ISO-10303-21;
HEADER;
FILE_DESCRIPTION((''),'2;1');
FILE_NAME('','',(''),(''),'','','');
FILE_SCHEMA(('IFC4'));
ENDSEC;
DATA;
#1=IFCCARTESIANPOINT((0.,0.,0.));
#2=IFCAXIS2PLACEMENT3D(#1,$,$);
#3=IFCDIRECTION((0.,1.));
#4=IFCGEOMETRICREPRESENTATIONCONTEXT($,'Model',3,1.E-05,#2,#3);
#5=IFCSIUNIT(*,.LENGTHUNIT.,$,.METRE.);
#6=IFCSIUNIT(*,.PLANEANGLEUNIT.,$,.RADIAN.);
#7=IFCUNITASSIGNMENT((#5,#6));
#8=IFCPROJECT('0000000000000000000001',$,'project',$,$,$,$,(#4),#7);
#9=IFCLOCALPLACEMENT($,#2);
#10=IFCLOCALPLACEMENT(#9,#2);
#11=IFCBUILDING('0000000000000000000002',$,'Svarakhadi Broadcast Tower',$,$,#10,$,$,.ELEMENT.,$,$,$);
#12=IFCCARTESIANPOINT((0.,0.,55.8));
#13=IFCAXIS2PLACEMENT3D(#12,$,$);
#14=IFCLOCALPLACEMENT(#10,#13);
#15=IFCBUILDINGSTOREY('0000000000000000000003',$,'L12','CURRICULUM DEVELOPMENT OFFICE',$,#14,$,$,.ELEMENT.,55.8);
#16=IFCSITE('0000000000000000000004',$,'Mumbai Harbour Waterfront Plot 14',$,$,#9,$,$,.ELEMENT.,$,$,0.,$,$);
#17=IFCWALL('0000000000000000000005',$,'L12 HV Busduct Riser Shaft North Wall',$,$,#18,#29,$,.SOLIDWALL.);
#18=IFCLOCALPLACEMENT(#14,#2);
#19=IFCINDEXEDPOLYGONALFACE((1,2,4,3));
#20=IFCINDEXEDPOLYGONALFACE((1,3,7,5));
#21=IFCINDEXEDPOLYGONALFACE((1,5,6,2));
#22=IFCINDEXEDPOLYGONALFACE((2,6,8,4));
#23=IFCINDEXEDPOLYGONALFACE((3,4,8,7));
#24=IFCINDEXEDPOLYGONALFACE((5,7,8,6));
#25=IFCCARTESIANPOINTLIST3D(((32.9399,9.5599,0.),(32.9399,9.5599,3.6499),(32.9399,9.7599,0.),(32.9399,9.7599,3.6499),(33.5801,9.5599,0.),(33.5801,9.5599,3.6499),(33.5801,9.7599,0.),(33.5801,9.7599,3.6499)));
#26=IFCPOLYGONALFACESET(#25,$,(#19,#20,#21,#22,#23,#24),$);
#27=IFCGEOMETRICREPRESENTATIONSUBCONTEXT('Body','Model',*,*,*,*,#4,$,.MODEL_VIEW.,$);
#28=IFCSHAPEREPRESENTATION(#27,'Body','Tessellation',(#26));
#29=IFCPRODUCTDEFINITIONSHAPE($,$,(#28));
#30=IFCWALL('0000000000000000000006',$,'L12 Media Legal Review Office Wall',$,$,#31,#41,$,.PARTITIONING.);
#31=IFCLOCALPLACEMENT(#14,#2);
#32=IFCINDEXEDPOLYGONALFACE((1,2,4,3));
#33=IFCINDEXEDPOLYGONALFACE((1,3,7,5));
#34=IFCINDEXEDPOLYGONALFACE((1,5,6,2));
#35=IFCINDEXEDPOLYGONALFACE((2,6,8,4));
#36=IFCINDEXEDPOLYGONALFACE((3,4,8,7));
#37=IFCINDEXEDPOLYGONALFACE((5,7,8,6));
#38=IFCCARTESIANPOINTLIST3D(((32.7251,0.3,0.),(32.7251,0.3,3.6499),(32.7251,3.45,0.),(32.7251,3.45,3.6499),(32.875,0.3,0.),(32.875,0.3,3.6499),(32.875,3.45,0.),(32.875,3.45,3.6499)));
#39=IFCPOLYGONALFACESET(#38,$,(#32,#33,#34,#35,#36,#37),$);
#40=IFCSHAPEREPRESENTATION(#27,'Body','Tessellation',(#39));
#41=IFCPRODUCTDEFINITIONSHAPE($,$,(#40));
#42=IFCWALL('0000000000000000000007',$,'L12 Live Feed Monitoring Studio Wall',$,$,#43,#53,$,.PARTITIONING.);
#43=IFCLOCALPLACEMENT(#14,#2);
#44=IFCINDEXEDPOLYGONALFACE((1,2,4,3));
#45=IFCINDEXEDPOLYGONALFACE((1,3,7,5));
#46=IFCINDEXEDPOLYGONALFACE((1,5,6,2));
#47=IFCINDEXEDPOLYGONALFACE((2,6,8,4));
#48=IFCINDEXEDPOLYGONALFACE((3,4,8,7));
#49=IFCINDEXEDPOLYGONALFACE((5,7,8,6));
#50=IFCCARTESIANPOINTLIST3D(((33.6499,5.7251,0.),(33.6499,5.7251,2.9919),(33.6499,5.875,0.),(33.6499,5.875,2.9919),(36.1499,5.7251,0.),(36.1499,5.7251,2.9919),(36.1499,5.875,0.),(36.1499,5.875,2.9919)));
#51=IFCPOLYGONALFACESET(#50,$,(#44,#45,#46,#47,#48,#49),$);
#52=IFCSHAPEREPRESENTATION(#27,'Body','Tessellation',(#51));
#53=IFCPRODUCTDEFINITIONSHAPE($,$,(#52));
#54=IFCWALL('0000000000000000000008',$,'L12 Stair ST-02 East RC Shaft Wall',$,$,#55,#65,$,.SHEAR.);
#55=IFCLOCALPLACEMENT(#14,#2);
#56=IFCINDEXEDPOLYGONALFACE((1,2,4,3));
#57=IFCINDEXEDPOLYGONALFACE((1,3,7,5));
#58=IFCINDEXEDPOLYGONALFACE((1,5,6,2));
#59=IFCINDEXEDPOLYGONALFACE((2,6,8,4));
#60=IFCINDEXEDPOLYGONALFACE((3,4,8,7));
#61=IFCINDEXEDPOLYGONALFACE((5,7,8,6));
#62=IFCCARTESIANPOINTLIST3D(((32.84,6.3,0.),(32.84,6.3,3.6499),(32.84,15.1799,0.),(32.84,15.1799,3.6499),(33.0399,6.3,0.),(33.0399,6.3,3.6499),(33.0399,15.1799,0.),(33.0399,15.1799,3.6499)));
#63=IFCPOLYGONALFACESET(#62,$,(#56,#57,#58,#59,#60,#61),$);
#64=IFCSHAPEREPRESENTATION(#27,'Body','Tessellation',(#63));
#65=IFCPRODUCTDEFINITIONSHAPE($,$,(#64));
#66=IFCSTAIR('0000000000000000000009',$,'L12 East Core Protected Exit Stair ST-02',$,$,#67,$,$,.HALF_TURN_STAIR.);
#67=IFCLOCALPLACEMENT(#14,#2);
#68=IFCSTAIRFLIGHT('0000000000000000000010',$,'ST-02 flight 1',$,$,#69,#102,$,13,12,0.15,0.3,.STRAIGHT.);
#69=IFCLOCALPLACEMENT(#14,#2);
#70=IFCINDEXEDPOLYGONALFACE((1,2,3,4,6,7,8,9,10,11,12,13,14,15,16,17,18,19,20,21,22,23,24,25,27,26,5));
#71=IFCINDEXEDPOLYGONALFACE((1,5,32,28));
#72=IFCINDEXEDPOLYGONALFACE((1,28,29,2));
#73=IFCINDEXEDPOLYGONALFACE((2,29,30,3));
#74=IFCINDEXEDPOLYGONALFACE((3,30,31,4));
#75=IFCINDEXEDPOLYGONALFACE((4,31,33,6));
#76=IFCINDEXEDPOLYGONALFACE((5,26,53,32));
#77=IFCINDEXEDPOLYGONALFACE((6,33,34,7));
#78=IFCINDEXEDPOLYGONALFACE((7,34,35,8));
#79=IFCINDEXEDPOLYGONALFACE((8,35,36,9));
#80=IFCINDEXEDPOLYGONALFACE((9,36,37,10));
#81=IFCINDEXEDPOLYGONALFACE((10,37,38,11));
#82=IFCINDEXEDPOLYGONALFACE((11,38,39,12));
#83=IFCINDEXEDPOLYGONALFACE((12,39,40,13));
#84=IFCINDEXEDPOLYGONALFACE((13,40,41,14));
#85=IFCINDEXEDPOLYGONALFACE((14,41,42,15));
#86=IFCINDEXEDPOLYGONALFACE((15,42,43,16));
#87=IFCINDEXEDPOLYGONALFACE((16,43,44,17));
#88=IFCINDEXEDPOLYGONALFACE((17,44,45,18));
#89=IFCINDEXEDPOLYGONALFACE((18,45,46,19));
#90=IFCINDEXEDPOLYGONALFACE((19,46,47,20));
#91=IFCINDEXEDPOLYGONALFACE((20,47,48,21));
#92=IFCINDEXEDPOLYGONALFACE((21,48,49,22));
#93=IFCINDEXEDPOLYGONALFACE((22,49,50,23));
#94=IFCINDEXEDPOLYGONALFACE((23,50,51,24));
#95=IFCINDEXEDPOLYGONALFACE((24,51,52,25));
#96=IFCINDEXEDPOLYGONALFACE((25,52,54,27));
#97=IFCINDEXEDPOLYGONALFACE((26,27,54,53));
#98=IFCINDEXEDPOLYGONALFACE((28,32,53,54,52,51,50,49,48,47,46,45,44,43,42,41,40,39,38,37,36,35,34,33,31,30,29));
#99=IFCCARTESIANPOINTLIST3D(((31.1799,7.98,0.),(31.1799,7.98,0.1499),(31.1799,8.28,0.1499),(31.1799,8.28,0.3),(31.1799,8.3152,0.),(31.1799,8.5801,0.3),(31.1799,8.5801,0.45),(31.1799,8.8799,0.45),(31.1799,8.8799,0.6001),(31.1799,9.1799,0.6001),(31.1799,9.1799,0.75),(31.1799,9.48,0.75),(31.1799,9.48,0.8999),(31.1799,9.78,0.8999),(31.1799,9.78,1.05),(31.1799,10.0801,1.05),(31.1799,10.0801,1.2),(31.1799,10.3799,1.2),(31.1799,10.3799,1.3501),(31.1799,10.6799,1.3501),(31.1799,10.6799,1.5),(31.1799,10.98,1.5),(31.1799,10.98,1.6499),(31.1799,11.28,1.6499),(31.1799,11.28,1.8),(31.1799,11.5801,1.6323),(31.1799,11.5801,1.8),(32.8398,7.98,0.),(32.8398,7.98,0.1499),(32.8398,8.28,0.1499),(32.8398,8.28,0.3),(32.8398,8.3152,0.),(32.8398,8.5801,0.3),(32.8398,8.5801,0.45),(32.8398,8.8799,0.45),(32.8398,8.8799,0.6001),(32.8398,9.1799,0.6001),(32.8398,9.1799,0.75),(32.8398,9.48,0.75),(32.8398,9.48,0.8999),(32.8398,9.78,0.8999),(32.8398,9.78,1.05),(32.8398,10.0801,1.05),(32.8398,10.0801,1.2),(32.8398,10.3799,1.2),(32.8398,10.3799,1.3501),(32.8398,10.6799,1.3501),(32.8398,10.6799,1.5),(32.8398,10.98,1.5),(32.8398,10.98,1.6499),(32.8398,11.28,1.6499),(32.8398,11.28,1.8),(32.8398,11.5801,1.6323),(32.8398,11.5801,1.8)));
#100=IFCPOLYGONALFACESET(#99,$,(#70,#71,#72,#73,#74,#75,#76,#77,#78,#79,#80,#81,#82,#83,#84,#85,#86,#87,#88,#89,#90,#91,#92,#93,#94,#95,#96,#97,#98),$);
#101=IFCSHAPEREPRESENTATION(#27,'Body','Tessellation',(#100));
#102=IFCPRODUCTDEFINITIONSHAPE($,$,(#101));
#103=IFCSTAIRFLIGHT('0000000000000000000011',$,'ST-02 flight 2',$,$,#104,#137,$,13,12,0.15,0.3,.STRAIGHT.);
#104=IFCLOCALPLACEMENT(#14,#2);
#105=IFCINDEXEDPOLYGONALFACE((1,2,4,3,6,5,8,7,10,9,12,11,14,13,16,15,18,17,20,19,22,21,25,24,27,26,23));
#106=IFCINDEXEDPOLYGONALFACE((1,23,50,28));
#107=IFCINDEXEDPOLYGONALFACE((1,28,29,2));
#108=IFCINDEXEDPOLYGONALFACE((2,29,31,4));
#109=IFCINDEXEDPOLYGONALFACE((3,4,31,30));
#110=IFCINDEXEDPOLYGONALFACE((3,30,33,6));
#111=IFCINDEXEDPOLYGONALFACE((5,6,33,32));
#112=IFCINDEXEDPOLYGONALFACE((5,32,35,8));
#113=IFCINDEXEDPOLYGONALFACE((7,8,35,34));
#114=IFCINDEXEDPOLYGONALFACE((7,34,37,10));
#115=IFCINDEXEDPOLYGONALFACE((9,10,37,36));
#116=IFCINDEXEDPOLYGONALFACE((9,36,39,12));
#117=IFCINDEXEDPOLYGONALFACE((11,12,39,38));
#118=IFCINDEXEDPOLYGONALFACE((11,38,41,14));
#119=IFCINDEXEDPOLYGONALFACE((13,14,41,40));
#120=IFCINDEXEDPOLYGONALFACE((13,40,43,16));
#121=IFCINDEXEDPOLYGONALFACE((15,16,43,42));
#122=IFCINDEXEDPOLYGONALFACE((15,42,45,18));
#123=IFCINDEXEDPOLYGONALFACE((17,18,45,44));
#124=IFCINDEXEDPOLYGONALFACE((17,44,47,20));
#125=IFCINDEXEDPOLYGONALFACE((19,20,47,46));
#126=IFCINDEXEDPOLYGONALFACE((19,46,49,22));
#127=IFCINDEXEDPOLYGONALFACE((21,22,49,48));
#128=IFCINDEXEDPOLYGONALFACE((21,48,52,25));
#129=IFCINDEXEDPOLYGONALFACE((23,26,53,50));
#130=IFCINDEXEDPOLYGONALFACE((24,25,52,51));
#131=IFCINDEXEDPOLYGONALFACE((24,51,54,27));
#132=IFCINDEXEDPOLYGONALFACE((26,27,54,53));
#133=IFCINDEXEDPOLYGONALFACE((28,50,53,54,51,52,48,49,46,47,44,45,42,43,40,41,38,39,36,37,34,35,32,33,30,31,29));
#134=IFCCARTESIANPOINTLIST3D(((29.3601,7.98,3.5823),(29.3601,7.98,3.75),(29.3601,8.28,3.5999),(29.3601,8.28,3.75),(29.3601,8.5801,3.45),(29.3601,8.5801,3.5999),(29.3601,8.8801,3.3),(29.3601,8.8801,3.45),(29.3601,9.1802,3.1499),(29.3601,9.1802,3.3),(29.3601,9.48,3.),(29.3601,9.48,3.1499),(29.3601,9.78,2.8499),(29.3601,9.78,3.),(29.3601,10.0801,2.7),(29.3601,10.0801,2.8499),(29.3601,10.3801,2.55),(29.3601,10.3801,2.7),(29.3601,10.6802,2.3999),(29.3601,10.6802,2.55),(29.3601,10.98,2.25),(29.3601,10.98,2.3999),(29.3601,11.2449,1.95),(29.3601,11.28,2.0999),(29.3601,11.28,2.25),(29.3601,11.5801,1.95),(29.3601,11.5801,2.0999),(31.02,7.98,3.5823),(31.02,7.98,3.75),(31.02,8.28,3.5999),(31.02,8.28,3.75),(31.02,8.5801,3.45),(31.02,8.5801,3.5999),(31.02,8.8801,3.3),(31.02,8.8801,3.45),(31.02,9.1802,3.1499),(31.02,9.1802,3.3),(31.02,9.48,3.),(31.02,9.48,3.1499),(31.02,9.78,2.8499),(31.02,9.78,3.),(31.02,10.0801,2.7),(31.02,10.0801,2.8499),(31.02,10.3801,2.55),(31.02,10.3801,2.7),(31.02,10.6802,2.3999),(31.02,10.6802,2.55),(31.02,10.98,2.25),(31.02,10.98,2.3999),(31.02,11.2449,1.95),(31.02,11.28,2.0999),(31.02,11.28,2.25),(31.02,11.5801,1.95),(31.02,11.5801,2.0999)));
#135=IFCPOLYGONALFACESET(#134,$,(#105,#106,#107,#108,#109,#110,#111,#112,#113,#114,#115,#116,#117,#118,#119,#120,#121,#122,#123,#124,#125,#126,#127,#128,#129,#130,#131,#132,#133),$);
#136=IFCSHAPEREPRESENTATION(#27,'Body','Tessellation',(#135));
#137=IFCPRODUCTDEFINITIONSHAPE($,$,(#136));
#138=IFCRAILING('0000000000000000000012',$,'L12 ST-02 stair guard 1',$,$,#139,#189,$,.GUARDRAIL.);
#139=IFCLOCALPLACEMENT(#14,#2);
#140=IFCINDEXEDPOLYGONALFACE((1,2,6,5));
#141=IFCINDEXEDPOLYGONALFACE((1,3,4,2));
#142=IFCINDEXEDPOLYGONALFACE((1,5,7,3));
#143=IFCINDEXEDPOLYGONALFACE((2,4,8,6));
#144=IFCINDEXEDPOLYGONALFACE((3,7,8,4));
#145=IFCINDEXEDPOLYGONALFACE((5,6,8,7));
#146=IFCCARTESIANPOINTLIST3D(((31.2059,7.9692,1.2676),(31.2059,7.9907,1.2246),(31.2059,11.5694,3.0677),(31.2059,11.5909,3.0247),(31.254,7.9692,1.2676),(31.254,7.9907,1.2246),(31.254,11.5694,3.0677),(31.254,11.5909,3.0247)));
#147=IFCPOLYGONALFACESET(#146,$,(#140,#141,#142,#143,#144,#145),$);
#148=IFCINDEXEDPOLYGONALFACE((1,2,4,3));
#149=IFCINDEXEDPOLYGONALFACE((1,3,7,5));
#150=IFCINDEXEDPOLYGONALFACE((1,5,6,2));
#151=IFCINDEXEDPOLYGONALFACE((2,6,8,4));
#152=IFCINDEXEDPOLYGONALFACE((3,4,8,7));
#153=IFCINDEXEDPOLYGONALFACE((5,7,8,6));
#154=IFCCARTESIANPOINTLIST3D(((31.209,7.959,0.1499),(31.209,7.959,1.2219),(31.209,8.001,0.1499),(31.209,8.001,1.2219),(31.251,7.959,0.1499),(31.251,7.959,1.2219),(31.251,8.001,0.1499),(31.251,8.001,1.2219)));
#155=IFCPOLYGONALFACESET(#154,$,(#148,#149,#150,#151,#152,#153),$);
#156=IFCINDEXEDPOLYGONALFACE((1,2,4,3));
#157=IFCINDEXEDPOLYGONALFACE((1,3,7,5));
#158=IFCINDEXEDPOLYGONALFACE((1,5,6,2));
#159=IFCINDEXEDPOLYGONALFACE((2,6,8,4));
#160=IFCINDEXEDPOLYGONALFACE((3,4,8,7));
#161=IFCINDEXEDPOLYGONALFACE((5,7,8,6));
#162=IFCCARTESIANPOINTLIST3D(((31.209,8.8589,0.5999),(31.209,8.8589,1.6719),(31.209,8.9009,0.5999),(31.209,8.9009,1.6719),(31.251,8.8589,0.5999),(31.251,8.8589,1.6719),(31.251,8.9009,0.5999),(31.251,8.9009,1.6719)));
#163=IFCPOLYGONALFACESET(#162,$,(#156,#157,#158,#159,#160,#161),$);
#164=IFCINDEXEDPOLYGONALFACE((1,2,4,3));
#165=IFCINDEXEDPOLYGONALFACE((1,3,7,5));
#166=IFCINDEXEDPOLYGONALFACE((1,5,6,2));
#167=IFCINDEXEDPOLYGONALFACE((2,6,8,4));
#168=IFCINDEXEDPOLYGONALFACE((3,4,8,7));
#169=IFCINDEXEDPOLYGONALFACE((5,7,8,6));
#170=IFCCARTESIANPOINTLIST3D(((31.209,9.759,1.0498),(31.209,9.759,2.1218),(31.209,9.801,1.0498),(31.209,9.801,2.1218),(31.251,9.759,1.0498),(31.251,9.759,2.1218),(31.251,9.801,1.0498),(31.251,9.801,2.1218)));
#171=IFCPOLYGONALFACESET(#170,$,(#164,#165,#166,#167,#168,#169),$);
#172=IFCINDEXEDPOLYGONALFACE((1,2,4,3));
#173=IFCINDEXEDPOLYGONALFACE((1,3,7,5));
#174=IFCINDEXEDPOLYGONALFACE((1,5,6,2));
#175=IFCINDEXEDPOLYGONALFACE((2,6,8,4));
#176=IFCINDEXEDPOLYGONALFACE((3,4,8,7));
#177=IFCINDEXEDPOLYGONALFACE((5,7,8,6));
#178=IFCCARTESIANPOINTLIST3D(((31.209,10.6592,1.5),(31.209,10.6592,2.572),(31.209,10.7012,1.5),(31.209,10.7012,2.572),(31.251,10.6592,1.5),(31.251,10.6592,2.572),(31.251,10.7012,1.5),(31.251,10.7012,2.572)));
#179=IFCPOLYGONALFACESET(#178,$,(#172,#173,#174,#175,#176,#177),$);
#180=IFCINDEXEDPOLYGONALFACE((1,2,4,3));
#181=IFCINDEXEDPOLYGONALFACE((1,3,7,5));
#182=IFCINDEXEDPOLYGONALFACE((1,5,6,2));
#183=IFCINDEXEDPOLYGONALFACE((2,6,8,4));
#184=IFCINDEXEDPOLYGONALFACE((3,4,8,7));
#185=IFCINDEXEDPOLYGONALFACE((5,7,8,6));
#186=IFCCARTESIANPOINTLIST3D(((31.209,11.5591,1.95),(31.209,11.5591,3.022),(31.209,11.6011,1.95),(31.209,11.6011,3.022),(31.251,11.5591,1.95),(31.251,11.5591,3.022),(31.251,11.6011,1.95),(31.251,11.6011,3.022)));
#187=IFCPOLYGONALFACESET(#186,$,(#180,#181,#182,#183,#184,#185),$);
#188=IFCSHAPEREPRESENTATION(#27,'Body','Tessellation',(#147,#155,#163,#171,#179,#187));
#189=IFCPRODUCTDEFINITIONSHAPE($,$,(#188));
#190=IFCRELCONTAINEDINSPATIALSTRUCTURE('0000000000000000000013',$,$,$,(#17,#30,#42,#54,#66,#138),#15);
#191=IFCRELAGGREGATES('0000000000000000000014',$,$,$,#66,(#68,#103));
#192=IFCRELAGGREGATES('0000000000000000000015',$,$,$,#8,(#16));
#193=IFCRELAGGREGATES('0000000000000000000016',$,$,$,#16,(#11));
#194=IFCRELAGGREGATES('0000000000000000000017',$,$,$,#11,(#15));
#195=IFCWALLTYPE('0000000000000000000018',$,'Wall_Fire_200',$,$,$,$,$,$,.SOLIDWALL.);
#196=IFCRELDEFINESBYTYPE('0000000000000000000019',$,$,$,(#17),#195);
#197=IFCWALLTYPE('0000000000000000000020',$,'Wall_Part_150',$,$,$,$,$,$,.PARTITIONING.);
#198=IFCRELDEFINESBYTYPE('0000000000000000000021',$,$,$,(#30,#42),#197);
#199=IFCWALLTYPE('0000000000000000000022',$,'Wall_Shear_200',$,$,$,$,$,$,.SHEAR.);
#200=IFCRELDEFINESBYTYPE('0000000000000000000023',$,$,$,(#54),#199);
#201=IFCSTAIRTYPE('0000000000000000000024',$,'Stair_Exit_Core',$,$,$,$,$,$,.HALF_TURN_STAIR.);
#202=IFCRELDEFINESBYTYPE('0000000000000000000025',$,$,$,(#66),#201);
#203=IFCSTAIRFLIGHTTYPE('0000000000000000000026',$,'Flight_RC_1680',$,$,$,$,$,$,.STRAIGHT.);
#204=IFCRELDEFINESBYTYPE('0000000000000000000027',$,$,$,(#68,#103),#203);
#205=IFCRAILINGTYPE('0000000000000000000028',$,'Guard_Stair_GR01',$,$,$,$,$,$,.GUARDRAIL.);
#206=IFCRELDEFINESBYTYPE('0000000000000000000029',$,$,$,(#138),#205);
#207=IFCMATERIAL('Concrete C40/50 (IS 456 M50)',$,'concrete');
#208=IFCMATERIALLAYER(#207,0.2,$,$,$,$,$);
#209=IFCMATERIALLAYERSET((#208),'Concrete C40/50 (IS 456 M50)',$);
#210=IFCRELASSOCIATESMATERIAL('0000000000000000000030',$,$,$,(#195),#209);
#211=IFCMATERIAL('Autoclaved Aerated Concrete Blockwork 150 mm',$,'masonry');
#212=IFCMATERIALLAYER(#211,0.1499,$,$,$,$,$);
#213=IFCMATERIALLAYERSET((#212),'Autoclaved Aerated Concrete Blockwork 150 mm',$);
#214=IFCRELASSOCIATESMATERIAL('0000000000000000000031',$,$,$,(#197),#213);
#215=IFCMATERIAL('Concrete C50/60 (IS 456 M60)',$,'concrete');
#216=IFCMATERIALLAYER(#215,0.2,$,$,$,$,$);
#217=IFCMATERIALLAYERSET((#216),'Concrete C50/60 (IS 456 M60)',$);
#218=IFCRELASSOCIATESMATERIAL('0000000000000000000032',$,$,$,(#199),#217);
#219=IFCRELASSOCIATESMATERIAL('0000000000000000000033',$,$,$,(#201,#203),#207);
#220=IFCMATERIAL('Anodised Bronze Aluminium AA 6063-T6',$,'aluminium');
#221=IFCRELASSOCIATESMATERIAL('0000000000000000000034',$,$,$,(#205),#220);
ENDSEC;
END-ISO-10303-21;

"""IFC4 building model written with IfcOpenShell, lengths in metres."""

from ifc_helpers import new_model, si_unit, direction, frame, frame_2d, origin, origin_2d, place, context, subcontext, project, spatial, polyline, rectangle, outline, extrude, material, layer, layer_set, type_object, element, aggregate, save


model = new_model("IFC4")

# Units and contexts
model_context = context("Model", 3, precision=1e-05, world=origin(), true_north=direction((0.0, 1.0)))
body_context = subcontext(model_context, "Body", "Model", "MODEL_VIEW")
ifc_project = project(units=[si_unit("LENGTHUNIT", "METRE"), si_unit("PLANEANGLEUNIT", "RADIAN")], contexts=[model_context])

# Site, building, storey
site_placement = place(None, origin())
site = spatial("IfcSite", under=ifc_project, at=site_placement, Name="Mumbai Harbour Waterfront Plot 14", CompositionType="ELEMENT", RefElevation=0.0)
building_placement = place(site_placement, origin())
building = spatial("IfcBuilding", under=site, at=building_placement, Name="Svarakhadi Broadcast Tower", CompositionType="ELEMENT")
storey_placement = place(building_placement, frame((0.0, 0.0, 55.8)))
storey = spatial("IfcBuildingStorey", under=building, at=storey_placement, Name="L12", Description="CURRICULUM DEVELOPMENT OFFICE", CompositionType="ELEMENT", Elevation=55.8)

# Shared definitions
ifc_material_1 = material(Name="Anodised Bronze Aluminium AA 6063-T6", Category="aluminium")

# Shared definitions
ifc_material_2 = material(Name="Concrete C50/60 (IS 456 M60)", Category="concrete")

# Walls
ifc_material_3 = material(Name="Concrete C40/50 (IS 456 M50)", Category="concrete")
ifc_layer_1 = layer(ifc_material_3, 0.2)
ifc_layer_set_1 = layer_set([ifc_layer_1], Name="Concrete C40/50 (IS 456 M50)")
wall_type_1 = type_object("IfcWallType", Name="Wall_Fire_200", PredefinedType="SOLIDWALL", material=ifc_layer_set_1)
wall_1_placement = place(storey_placement, frame((32.9399, 9.6599, 0.0), z_axis=(0.0, 0.0, 1.0), x_axis=(1.0, 0.0, 0.0)))
element("IfcWall", 1, at=wall_1_placement, inside=storey, type_object=wall_type_1, Name="L12 HV Busduct Riser Shaft North Wall", PredefinedType="SOLIDWALL", context=body_context, shape_type="SweptSolid", body=[
    extrude(rectangle(XDim=0.6401, YDim=0.2, at=frame_2d((0.3201, 0.0))), origin(), (0.0, 0.0, 1.0), 3.6499),
])
ifc_material_4 = material(Name="Autoclaved Aerated Concrete Blockwork 150 mm", Category="masonry")
ifc_layer_2 = layer(ifc_material_4, 0.1499)
ifc_layer_set_2 = layer_set([ifc_layer_2], Name="Autoclaved Aerated Concrete Blockwork 150 mm")
wall_type_2 = type_object("IfcWallType", Name="Wall_Part_150", PredefinedType="PARTITIONING", material=ifc_layer_set_2)
wall_2_placement = place(storey_placement, frame((32.8, 0.3, 0.0), z_axis=(0.0, 0.0, 1.0), x_axis=(0.0, 1.0, 0.0)))
element("IfcWall", 2, at=wall_2_placement, inside=storey, type_object=wall_type_2, Name="L12 Media Legal Review Office Wall", PredefinedType="PARTITIONING", context=body_context, shape_type="SweptSolid", body=[
    extrude(rectangle(XDim=3.1499, YDim=0.1499, at=frame_2d((1.575, 0.0))), origin(), (0.0, 0.0, 1.0), 3.6499),
])
wall_3_placement = place(storey_placement, frame((33.6499, 5.8, 0.0), z_axis=(0.0, 0.0, 1.0), x_axis=(1.0, 0.0, 0.0)))
element("IfcWall", 3, at=wall_3_placement, inside=storey, type_object=wall_type_2, Name="L12 Live Feed Monitoring Studio Wall", PredefinedType="PARTITIONING", context=body_context, shape_type="SweptSolid", body=[
    extrude(rectangle(XDim=2.5, YDim=0.1499, at=frame_2d((1.25, 0.0))), origin(), (0.0, 0.0, 1.0), 2.9919),
])
ifc_layer_3 = layer(ifc_material_2, 0.2)
ifc_layer_set_3 = layer_set([ifc_layer_3], Name="Concrete C50/60 (IS 456 M60)")
wall_type_3 = type_object("IfcWallType", Name="Wall_Shear_200", PredefinedType="SHEAR", material=ifc_layer_set_3)
wall_4_placement = place(storey_placement, frame((32.9399, 6.3, 0.0), z_axis=(0.0, 0.0, 1.0), x_axis=(0.0, 1.0, 0.0)))
element("IfcWall", 4, at=wall_4_placement, inside=storey, type_object=wall_type_3, Name="L12 Stair ST-02 East RC Shaft Wall", PredefinedType="SHEAR", context=body_context, shape_type="SweptSolid", body=[
    extrude(rectangle(XDim=8.8799, YDim=0.2, at=frame_2d((4.4399, 0.0))), origin(), (0.0, 0.0, 1.0), 3.6499),
])

# Stair, stair flights
stair_type = type_object("IfcStairType", Name="Stair_Exit_Core", PredefinedType="HALF_TURN_STAIR", material=ifc_material_3)
stair_placement = place(storey_placement, origin())
stair = element("IfcStair", 5, at=stair_placement, inside=storey, type_object=stair_type, Name="L12 East Core Protected Exit Stair ST-02", PredefinedType="HALF_TURN_STAIR")
stair_flight_type = type_object("IfcStairFlightType", Name="Flight_RC_1680", PredefinedType="STRAIGHT", material=ifc_material_3)
stair_flight_1_placement = place(storey_placement, frame((32.01, 7.98, 0.0), z_axis=(0.0, 0.0, 1.0), x_axis=(0.0, 1.0, 0.0)))
stair_flight_1 = element("IfcStairFlight", 6, at=stair_flight_1_placement, type_object=stair_flight_type, Name="ST-02 flight 1", NumberOfRisers=13, NumberOfTreads=12, PredefinedType="STRAIGHT", RiserHeight=0.15, TreadLength=0.3, context=body_context, shape_type="SweptSolid", body=[
    extrude(outline(polyline([(0.0, 0.0), (0.0, 0.1499), (0.3, 0.1499), (0.3, 0.3), (0.6001, 0.3), (0.6001, 0.45), (0.8999, 0.45), (0.8999, 0.6001), (1.2, 0.6001), (1.2, 0.75), (1.5, 0.75), (1.5, 0.8999), (1.8, 0.8999), (1.8, 1.05), (2.1001, 1.05), (2.1001, 1.2), (2.3999, 1.2), (2.3999, 1.3501), (2.7, 1.3501), (2.7, 1.5), (3.0, 1.5), (3.0, 1.6499), (3.3, 1.6499), (3.3, 1.8), (3.6001, 1.8), (3.6001, 1.95), (3.6001, 1.6323), (0.3352, 0.0), (0.0, 0.0)])), frame((0.0, 0.8301, 0.0), z_axis=(0.0, -1.0, 0.0), x_axis=(1.0, 0.0, 0.0)), (0.0, 0.0, 1.0), 1.6599),
])
stair_flight_2_placement = place(storey_placement, frame((30.1899, 11.5801, 1.95), z_axis=(0.0, 0.0, 1.0), x_axis=(0.0, -1.0, 0.0)))
stair_flight_2 = element("IfcStairFlight", 7, at=stair_flight_2_placement, type_object=stair_flight_type, Name="ST-02 flight 2", NumberOfRisers=13, NumberOfTreads=12, PredefinedType="STRAIGHT", RiserHeight=0.15, TreadLength=0.3, context=body_context, shape_type="SweptSolid", body=[
    extrude(outline(polyline([(0.0, 0.0), (0.0, 0.1499), (0.3, 0.1499), (0.3, 0.3), (0.6001, 0.3), (0.6001, 0.45), (0.8999, 0.45), (0.8999, 0.6001), (1.2, 0.6001), (1.2, 0.75), (1.5, 0.75), (1.5, 0.8999), (1.8, 0.8999), (1.8, 1.05), (2.1001, 1.05), (2.1001, 1.2), (2.3999, 1.2), (2.3999, 1.3501), (2.7, 1.3501), (2.7, 1.5), (3.0, 1.5), (3.0, 1.6499), (3.3, 1.6499), (3.3, 1.8), (3.6001, 1.8), (3.6001, 1.95), (3.6001, 1.6323), (0.3352, 0.0), (0.0, 0.0)])), frame((0.0, 0.8301, 0.0), z_axis=(0.0, -1.0, 0.0), x_axis=(1.0, 0.0, 0.0)), (0.0, 0.0, 1.0), 1.6599),
])
aggregate(stair, [stair_flight_1, stair_flight_2])

# Railing
railing_type_1 = type_object("IfcRailingType", Name="Guard_Stair_GR01", PredefinedType="GUARDRAIL", material=ifc_material_1)
railing_1_placement = place(storey_placement, frame((31.23, 7.98, 0.1499)))
element("IfcRailing", 8, at=railing_1_placement, inside=storey, type_object=railing_type_1, Name="L12 ST-02 stair guard 1", PredefinedType="GUARDRAIL", context=body_context, shape_type="SweptSolid", body=[
    extrude(rectangle(XDim=0.0481, YDim=0.0481, at=origin_2d()), frame((0.0, 0.0, 1.0962), z_axis=(0.0, 0.894427, 0.447214), x_axis=(-1.0, 0.0, 0.0)), (0.0, 0.0, 1.0), 4.0251),
    extrude(rectangle(XDim=0.042, YDim=0.042, at=origin_2d()), origin(), (0.0, 0.0, 1.0), 1.072),
    extrude(rectangle(XDim=0.042, YDim=0.042, at=origin_2d()), frame((0.0, 0.8999, 0.45)), (0.0, 0.0, 1.0), 1.072),
    extrude(rectangle(XDim=0.042, YDim=0.042, at=origin_2d()), frame((0.0, 1.8, 0.8999)), (0.0, 0.0, 1.0), 1.072),
    extrude(rectangle(XDim=0.042, YDim=0.042, at=origin_2d()), frame((0.0, 2.7002, 1.3501)), (0.0, 0.0, 1.0), 1.072),
    extrude(rectangle(XDim=0.042, YDim=0.042, at=origin_2d()), frame((0.0, 3.6001, 1.8)), (0.0, 0.0, 1.0), 1.072),
])

save(model, "model.ifc")
